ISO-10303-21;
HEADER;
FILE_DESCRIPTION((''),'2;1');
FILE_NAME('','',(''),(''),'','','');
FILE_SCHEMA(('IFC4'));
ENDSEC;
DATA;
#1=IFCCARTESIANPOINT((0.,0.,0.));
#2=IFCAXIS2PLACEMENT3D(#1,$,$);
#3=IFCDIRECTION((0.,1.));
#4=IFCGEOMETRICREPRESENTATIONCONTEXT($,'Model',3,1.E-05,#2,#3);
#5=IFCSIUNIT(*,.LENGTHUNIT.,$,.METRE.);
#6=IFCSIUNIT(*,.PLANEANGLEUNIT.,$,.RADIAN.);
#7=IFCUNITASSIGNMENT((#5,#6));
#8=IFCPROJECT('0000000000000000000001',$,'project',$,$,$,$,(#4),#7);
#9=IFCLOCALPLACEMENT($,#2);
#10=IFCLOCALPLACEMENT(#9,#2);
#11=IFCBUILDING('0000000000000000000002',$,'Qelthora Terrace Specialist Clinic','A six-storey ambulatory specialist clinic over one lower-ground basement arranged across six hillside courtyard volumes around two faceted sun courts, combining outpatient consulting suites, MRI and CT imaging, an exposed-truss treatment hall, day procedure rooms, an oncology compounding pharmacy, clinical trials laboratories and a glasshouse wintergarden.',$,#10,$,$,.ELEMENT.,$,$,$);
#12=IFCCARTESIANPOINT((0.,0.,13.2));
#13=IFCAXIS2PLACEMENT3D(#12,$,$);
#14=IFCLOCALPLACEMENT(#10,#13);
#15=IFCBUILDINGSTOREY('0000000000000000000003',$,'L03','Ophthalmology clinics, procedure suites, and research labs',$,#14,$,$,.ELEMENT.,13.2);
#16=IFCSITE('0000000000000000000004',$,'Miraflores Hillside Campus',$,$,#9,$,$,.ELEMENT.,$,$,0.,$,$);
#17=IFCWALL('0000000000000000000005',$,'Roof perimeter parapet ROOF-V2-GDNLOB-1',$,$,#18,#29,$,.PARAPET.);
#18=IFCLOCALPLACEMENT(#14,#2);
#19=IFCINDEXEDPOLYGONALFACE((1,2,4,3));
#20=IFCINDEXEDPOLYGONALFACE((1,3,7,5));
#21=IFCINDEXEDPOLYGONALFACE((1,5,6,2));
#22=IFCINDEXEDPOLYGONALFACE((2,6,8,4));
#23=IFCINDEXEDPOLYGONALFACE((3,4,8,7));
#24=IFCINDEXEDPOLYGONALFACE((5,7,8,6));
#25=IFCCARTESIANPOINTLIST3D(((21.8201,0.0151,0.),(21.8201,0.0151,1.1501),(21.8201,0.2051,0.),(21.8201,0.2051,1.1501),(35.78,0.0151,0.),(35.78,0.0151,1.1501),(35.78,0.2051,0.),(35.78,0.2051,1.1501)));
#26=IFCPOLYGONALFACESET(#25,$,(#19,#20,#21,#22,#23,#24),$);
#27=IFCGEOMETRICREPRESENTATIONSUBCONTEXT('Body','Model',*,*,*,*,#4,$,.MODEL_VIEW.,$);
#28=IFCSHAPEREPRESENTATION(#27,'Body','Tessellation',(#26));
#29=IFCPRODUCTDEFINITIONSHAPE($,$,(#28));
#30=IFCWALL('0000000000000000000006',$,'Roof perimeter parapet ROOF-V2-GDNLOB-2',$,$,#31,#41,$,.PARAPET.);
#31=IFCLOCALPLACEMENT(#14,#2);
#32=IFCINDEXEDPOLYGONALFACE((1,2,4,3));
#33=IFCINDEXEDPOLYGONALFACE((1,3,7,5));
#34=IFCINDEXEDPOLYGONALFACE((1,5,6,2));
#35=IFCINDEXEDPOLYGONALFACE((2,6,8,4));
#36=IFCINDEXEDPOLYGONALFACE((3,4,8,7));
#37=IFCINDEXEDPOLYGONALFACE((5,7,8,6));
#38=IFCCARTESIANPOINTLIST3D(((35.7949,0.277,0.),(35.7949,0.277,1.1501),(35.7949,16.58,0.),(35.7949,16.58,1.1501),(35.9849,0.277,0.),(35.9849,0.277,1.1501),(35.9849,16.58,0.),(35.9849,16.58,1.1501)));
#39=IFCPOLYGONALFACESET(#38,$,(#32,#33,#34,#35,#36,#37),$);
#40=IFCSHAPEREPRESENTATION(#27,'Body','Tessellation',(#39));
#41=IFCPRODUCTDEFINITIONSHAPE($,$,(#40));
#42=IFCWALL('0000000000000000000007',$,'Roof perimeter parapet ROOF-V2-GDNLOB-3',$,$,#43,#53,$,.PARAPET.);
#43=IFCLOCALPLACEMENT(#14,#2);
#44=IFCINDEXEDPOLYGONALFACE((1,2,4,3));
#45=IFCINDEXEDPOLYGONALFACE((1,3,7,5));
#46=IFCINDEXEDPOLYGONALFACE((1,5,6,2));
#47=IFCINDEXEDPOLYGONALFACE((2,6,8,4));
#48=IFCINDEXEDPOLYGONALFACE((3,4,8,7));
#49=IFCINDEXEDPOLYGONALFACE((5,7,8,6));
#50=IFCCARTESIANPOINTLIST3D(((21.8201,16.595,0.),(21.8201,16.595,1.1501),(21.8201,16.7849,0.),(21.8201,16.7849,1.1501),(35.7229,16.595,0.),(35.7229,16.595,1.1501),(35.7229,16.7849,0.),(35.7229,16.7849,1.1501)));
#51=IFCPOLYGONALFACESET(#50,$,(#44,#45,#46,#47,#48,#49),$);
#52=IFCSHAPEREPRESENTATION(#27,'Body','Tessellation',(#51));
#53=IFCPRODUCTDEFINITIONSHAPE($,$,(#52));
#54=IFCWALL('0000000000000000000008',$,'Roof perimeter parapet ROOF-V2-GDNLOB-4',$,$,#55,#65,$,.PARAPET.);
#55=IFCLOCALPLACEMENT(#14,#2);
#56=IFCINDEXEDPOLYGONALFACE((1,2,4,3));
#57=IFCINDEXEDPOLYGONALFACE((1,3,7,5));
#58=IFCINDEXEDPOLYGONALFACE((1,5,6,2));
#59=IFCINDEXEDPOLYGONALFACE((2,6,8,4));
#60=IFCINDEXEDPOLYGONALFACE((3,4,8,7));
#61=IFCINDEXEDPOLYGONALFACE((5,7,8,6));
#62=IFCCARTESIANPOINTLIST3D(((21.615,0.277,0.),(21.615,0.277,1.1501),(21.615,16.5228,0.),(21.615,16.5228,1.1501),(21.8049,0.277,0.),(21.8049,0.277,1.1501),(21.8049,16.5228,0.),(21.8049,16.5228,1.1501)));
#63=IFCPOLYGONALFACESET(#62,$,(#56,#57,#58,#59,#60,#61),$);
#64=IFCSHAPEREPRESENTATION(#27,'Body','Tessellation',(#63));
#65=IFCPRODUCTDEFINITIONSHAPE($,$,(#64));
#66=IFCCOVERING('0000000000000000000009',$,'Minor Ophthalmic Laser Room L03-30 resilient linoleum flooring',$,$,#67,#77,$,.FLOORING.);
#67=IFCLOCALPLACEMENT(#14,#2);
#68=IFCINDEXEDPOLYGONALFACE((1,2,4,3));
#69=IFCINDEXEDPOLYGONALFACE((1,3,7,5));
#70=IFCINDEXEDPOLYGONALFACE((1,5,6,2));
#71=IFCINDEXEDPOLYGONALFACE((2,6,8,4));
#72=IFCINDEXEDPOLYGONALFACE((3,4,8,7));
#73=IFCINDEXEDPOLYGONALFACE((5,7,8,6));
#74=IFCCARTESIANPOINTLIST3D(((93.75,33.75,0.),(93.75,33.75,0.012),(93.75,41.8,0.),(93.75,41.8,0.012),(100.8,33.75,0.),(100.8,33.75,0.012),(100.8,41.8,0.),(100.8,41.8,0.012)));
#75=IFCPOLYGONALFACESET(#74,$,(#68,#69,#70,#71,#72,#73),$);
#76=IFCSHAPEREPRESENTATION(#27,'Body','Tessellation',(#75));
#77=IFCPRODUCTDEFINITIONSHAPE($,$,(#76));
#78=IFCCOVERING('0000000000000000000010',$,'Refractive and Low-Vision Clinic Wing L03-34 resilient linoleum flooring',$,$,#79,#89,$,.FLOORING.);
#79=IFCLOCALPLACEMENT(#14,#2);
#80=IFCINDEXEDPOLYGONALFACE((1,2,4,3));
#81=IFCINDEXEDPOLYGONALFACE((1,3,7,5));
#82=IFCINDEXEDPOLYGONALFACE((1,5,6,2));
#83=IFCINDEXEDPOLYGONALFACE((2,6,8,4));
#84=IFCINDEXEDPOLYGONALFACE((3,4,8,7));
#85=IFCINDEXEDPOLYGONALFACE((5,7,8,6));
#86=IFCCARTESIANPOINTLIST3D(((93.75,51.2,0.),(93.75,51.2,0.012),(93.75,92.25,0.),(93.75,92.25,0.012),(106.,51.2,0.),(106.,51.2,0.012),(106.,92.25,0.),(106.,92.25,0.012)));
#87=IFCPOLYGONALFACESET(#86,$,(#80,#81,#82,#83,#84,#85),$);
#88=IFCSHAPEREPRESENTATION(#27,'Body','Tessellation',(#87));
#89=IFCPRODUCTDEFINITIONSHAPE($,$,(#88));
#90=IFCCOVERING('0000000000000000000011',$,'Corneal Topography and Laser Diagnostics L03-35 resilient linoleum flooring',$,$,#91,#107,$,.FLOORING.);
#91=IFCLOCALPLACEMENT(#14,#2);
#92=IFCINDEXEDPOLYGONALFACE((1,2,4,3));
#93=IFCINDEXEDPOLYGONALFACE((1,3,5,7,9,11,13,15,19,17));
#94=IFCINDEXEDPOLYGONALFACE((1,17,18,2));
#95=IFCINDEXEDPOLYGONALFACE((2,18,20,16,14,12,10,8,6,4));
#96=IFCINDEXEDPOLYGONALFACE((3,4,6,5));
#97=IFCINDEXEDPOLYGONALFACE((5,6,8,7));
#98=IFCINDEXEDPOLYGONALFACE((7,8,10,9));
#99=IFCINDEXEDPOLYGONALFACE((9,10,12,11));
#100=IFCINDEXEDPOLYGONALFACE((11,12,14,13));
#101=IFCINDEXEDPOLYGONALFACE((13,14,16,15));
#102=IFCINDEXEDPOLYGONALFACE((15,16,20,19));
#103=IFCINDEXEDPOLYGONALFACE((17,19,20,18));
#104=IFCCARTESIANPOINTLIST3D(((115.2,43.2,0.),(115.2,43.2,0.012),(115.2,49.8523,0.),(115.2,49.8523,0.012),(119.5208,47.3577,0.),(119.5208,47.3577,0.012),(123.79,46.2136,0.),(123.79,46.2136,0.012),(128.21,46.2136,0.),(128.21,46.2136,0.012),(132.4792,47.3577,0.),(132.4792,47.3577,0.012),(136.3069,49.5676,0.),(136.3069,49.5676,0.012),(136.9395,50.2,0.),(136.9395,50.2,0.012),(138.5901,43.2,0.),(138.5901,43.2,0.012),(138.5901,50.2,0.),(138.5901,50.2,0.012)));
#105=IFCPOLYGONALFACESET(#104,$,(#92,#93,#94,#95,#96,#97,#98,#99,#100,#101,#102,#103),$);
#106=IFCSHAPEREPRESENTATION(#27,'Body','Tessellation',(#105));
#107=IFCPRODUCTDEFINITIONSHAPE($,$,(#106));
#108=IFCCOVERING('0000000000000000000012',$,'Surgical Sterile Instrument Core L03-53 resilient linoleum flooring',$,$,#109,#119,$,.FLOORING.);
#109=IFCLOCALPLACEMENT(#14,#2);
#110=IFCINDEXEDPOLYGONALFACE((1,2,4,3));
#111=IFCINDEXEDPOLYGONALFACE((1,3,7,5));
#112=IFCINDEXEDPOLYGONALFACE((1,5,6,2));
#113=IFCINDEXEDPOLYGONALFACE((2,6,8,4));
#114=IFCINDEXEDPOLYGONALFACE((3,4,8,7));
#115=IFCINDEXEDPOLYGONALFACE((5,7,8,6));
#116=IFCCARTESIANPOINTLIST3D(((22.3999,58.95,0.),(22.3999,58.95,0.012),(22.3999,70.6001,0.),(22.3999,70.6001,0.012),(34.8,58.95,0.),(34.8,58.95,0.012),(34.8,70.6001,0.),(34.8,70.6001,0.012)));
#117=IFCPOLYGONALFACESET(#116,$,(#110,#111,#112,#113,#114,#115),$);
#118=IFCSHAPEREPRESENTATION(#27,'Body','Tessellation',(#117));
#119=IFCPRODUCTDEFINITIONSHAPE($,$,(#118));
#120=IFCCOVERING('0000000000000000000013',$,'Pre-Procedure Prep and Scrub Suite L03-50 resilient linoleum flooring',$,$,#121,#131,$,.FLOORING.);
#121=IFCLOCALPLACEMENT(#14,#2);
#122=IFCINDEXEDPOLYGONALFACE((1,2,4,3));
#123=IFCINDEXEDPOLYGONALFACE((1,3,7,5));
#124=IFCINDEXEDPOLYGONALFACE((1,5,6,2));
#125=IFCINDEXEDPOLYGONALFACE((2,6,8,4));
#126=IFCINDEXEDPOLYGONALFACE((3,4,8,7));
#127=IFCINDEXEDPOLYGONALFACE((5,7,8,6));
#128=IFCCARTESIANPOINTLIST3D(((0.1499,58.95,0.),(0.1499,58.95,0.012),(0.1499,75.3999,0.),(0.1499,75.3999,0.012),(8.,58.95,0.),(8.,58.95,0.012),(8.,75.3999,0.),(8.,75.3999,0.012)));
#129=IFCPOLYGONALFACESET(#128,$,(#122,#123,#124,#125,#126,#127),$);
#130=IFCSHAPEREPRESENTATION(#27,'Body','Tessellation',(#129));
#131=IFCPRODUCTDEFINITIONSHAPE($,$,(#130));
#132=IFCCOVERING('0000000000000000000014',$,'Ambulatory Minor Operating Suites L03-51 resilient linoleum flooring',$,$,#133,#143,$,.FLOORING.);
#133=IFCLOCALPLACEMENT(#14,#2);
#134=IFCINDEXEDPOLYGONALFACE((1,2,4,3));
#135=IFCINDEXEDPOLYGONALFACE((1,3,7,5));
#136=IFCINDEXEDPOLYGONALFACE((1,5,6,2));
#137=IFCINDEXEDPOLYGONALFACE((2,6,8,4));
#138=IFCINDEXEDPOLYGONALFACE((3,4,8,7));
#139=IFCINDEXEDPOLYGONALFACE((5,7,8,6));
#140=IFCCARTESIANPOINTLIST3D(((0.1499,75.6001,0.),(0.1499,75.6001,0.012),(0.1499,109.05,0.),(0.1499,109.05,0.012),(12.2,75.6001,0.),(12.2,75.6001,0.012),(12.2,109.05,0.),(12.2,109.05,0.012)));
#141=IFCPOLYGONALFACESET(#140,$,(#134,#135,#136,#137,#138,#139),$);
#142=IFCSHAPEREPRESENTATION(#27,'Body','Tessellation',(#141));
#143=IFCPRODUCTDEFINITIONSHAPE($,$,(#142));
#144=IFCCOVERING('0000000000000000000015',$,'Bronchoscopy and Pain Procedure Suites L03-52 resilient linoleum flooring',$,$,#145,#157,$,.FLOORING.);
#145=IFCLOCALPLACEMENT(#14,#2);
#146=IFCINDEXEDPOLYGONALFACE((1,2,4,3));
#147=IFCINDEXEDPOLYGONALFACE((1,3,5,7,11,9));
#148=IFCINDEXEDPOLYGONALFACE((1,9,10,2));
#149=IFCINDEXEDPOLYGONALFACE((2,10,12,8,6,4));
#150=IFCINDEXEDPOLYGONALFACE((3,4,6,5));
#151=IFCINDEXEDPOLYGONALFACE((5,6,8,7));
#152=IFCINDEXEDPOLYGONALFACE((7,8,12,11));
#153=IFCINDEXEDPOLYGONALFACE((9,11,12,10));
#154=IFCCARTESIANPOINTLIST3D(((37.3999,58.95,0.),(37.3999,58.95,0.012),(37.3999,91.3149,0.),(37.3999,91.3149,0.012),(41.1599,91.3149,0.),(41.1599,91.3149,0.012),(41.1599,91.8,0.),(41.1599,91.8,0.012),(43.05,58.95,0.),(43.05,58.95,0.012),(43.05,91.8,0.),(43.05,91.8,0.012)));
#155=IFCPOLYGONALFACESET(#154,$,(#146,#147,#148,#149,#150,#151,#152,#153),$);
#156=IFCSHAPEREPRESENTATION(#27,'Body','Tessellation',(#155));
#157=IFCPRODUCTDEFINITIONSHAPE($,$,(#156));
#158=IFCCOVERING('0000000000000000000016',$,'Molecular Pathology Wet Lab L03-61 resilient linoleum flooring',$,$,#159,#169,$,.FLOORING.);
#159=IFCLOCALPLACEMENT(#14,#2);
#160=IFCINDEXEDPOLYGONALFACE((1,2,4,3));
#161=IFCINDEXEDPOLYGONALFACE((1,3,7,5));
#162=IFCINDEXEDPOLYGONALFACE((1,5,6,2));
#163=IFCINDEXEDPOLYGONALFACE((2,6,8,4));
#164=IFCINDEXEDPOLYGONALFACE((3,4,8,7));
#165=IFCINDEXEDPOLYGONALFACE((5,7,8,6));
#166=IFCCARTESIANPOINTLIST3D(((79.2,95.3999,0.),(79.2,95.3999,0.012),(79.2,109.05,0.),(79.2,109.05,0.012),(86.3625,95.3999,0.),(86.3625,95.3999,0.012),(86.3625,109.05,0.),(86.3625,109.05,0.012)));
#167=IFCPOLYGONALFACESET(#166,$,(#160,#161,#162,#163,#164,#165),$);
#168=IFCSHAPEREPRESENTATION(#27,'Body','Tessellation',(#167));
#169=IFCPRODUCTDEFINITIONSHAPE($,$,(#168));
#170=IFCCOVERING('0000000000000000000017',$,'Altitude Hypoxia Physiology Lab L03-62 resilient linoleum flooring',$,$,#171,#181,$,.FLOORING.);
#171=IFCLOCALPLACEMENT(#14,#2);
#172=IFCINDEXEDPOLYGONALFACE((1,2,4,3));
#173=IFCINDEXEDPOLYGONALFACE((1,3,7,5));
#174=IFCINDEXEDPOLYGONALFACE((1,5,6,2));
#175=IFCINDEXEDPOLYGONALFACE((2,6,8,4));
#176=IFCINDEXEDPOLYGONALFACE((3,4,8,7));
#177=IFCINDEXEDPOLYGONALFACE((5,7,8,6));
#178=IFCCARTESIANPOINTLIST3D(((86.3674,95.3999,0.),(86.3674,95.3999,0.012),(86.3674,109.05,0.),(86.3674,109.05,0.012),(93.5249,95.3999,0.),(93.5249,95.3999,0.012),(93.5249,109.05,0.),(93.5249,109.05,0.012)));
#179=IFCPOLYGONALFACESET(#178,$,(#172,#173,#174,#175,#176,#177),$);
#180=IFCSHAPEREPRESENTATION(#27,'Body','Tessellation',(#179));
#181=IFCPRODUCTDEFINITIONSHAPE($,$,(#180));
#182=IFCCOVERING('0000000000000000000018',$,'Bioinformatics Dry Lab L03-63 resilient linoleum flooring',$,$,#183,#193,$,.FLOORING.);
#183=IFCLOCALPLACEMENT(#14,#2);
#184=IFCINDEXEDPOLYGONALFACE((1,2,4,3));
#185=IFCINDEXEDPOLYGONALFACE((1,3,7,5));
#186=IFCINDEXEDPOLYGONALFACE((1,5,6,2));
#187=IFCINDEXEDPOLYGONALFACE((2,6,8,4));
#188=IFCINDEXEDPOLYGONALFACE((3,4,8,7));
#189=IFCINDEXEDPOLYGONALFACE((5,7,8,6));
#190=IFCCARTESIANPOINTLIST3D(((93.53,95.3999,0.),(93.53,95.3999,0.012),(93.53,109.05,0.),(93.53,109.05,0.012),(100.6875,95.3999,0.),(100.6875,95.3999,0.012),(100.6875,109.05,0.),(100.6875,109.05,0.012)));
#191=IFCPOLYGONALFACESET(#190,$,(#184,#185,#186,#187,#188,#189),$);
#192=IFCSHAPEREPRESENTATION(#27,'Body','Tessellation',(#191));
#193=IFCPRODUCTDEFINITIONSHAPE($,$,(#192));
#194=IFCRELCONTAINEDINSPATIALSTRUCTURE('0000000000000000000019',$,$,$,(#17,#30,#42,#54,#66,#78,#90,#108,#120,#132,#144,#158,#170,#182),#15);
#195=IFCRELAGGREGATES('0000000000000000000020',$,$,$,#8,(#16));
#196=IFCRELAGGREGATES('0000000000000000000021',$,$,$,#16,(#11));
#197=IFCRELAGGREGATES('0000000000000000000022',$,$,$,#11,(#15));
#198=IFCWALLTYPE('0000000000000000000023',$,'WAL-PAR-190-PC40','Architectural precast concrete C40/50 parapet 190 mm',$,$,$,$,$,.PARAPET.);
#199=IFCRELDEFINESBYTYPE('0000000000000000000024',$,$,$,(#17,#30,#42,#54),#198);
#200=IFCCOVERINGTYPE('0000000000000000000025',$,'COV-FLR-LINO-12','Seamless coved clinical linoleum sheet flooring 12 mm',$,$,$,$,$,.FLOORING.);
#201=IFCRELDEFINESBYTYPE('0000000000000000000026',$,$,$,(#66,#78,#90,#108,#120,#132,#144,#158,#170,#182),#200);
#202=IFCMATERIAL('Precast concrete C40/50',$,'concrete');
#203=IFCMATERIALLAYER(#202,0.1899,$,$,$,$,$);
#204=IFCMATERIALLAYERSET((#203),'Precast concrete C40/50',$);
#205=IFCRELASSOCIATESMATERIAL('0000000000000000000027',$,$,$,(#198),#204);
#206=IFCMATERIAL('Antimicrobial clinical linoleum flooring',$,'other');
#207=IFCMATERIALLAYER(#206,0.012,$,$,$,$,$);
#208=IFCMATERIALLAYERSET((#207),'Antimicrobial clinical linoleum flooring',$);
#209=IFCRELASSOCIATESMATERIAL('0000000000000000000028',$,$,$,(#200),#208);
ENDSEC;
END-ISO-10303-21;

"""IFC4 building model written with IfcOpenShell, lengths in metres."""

from ifc_helpers import new_model, si_unit, direction, frame, frame_2d, origin, place, context, subcontext, project, spatial, polyline, rectangle, outline, extrude, material, layer, layer_set, type_object, element, save


model = new_model("IFC4")

# Units and contexts
model_context = context("Model", 3, precision=1e-05, world=origin(), true_north=direction((0.0, 1.0)))
body_context = subcontext(model_context, "Body", "Model", "MODEL_VIEW")
ifc_project = project(units=[si_unit("LENGTHUNIT", "METRE"), si_unit("PLANEANGLEUNIT", "RADIAN")], contexts=[model_context])

# Site, building, storey
site_placement = place(None, origin())
site = spatial("IfcSite", under=ifc_project, at=site_placement, Name="Miraflores Hillside Campus", CompositionType="ELEMENT", RefElevation=0.0)
building_placement = place(site_placement, origin())
building = spatial("IfcBuilding", under=site, at=building_placement, Name="Qelthora Terrace Specialist Clinic", Description="A six-storey ambulatory specialist clinic over one lower-ground basement arranged across six hillside courtyard volumes around two faceted sun courts, combining outpatient consulting suites, MRI and CT imaging, an exposed-truss treatment hall, day procedure rooms, an oncology compounding pharmacy, clinical trials laboratories and a glasshouse wintergarden.", CompositionType="ELEMENT")
storey_placement = place(building_placement, frame((0.0, 0.0, 13.2)))
storey = spatial("IfcBuildingStorey", under=building, at=storey_placement, Name="L03", Description="Ophthalmology clinics, procedure suites, and research labs", CompositionType="ELEMENT", Elevation=13.2)

# Walls
ifc_material_1 = material(Name="Precast concrete C40/50", Category="concrete")
ifc_layer_1 = layer(ifc_material_1, 0.1899)
ifc_layer_set_1 = layer_set([ifc_layer_1], Name="Precast concrete C40/50")
wall_type = type_object("IfcWallType", Name="WAL-PAR-190-PC40", Description="Architectural precast concrete C40/50 parapet 190 mm", PredefinedType="PARAPET", material=ifc_layer_set_1)
wall_1_placement = place(storey_placement, frame((21.8201, 0.1101, 0.0), z_axis=(0.0, 0.0, 1.0), x_axis=(1.0, 0.0, 0.0)))
element("IfcWall", 1, at=wall_1_placement, inside=storey, type_object=wall_type, Name="Roof perimeter parapet ROOF-V2-GDNLOB-1", PredefinedType="PARAPET", context=body_context, shape_type="SweptSolid", body=[
    extrude(rectangle(XDim=13.96, YDim=0.1899, at=frame_2d((6.98, 0.0))), origin(), (0.0, 0.0, 1.0), 1.1501),
])
wall_2_placement = place(storey_placement, frame((35.8899, 0.2771, 0.0), z_axis=(0.0, 0.0, 1.0), x_axis=(0.0, 1.0, 0.0)))
element("IfcWall", 2, at=wall_2_placement, inside=storey, type_object=wall_type, Name="Roof perimeter parapet ROOF-V2-GDNLOB-2", PredefinedType="PARAPET", context=body_context, shape_type="SweptSolid", body=[
    extrude(rectangle(XDim=16.303, YDim=0.1899, at=frame_2d((8.1514, 0.0))), origin(), (0.0, 0.0, 1.0), 1.1501),
])
wall_3_placement = place(storey_placement, frame((35.7229, 16.6899, 0.0), z_axis=(0.0, 0.0, 1.0), x_axis=(-1.0, 0.0, 0.0)))
element("IfcWall", 3, at=wall_3_placement, inside=storey, type_object=wall_type, Name="Roof perimeter parapet ROOF-V2-GDNLOB-3", PredefinedType="PARAPET", context=body_context, shape_type="SweptSolid", body=[
    extrude(rectangle(XDim=13.9028, YDim=0.1899, at=frame_2d((6.9514, 0.0))), origin(), (0.0, 0.0, 1.0), 1.1501),
])
wall_4_placement = place(storey_placement, frame((21.71, 16.5229, 0.0), z_axis=(0.0, 0.0, 1.0), x_axis=(0.0, -1.0, 0.0)))
element("IfcWall", 4, at=wall_4_placement, inside=storey, type_object=wall_type, Name="Roof perimeter parapet ROOF-V2-GDNLOB-4", PredefinedType="PARAPET", context=body_context, shape_type="SweptSolid", body=[
    extrude(rectangle(XDim=16.2458, YDim=0.1899, at=frame_2d((8.123, 0.0))), origin(), (0.0, 0.0, 1.0), 1.1501),
])

# Coverings
ifc_material_2 = material(Name="Antimicrobial clinical linoleum flooring", Category="other")
ifc_layer_2 = layer(ifc_material_2, 0.012)
ifc_layer_set_2 = layer_set([ifc_layer_2], Name="Antimicrobial clinical linoleum flooring")
covering_type = type_object("IfcCoveringType", Name="COV-FLR-LINO-12", Description="Seamless coved clinical linoleum sheet flooring 12 mm", PredefinedType="FLOORING", material=ifc_layer_set_2)
covering_1_placement = place(storey_placement, origin())
element("IfcCovering", 5, at=covering_1_placement, inside=storey, type_object=covering_type, Name="Minor Ophthalmic Laser Room L03-30 resilient linoleum flooring", PredefinedType="FLOORING", context=body_context, shape_type="SweptSolid", body=[
    extrude(outline(polyline([(93.75, 33.75), (93.75, 41.8), (100.8, 41.8), (100.8, 33.75), (93.75, 33.75)])), origin(), (0.0, 0.0, 1.0), 0.012),
])
covering_2_placement = place(storey_placement, origin())
element("IfcCovering", 6, at=covering_2_placement, inside=storey, type_object=covering_type, Name="Refractive and Low-Vision Clinic Wing L03-34 resilient linoleum flooring", PredefinedType="FLOORING", context=body_context, shape_type="SweptSolid", body=[
    extrude(outline(polyline([(93.75, 51.2), (93.75, 92.25), (106.0, 92.25), (106.0, 51.2), (93.75, 51.2)])), origin(), (0.0, 0.0, 1.0), 0.012),
])
covering_3_placement = place(storey_placement, origin())
element("IfcCovering", 7, at=covering_3_placement, inside=storey, type_object=covering_type, Name="Corneal Topography and Laser Diagnostics L03-35 resilient linoleum flooring", PredefinedType="FLOORING", context=body_context, shape_type="SweptSolid", body=[
    extrude(outline(polyline([(119.5208, 47.3577), (123.79, 46.2136), (128.21, 46.2136), (132.4792, 47.3577), (136.3069, 49.5676), (136.9395, 50.2), (138.5901, 50.2), (138.5901, 43.2), (115.2, 43.2), (115.2, 49.8523), (119.5208, 47.3577)])), origin(), (0.0, 0.0, 1.0), 0.012),
])
covering_4_placement = place(storey_placement, origin())
element("IfcCovering", 8, at=covering_4_placement, inside=storey, type_object=covering_type, Name="Surgical Sterile Instrument Core L03-53 resilient linoleum flooring", PredefinedType="FLOORING", context=body_context, shape_type="SweptSolid", body=[
    extrude(outline(polyline([(22.3999, 58.95), (22.3999, 70.6001), (34.8, 70.6001), (34.8, 58.95), (22.3999, 58.95)])), origin(), (0.0, 0.0, 1.0), 0.012),
])
covering_5_placement = place(storey_placement, origin())
element("IfcCovering", 9, at=covering_5_placement, inside=storey, type_object=covering_type, Name="Pre-Procedure Prep and Scrub Suite L03-50 resilient linoleum flooring", PredefinedType="FLOORING", context=body_context, shape_type="SweptSolid", body=[
    extrude(outline(polyline([(0.1499, 58.95), (0.1499, 75.3999), (8.0, 75.3999), (8.0, 58.95), (0.1499, 58.95)])), origin(), (0.0, 0.0, 1.0), 0.012),
])
covering_6_placement = place(storey_placement, origin())
element("IfcCovering", 10, at=covering_6_placement, inside=storey, type_object=covering_type, Name="Ambulatory Minor Operating Suites L03-51 resilient linoleum flooring", PredefinedType="FLOORING", context=body_context, shape_type="SweptSolid", body=[
    extrude(outline(polyline([(0.1499, 75.6001), (0.1499, 109.05), (12.2, 109.05), (12.2, 75.6001), (0.1499, 75.6001)])), origin(), (0.0, 0.0, 1.0), 0.012),
])
covering_7_placement = place(storey_placement, origin())
element("IfcCovering", 11, at=covering_7_placement, inside=storey, type_object=covering_type, Name="Bronchoscopy and Pain Procedure Suites L03-52 resilient linoleum flooring", PredefinedType="FLOORING", context=body_context, shape_type="SweptSolid", body=[
    extrude(outline(polyline([(41.1599, 91.3149), (41.1599, 91.8), (43.05, 91.8), (43.05, 58.95), (37.3999, 58.95), (37.3999, 91.3149), (41.1599, 91.3149)])), origin(), (0.0, 0.0, 1.0), 0.012),
])
covering_8_placement = place(storey_placement, origin())
element("IfcCovering", 12, at=covering_8_placement, inside=storey, type_object=covering_type, Name="Molecular Pathology Wet Lab L03-61 resilient linoleum flooring", PredefinedType="FLOORING", context=body_context, shape_type="SweptSolid", body=[
    extrude(outline(polyline([(79.2, 95.3999), (79.2, 109.05), (86.3625, 109.05), (86.3625, 95.3999), (79.2, 95.3999)])), origin(), (0.0, 0.0, 1.0), 0.012),
])
covering_9_placement = place(storey_placement, origin())
element("IfcCovering", 13, at=covering_9_placement, inside=storey, type_object=covering_type, Name="Altitude Hypoxia Physiology Lab L03-62 resilient linoleum flooring", PredefinedType="FLOORING", context=body_context, shape_type="SweptSolid", body=[
    extrude(outline(polyline([(86.3674, 95.3999), (86.3674, 109.05), (93.5249, 109.05), (93.5249, 95.3999), (86.3674, 95.3999)])), origin(), (0.0, 0.0, 1.0), 0.012),
])
covering_10_placement = place(storey_placement, origin())
element("IfcCovering", 14, at=covering_10_placement, inside=storey, type_object=covering_type, Name="Bioinformatics Dry Lab L03-63 resilient linoleum flooring", PredefinedType="FLOORING", context=body_context, shape_type="SweptSolid", body=[
    extrude(outline(polyline([(93.53, 95.3999), (93.53, 109.05), (100.6875, 109.05), (100.6875, 95.3999), (93.53, 95.3999)])), origin(), (0.0, 0.0, 1.0), 0.012),
])

save(model, "model.ifc")
